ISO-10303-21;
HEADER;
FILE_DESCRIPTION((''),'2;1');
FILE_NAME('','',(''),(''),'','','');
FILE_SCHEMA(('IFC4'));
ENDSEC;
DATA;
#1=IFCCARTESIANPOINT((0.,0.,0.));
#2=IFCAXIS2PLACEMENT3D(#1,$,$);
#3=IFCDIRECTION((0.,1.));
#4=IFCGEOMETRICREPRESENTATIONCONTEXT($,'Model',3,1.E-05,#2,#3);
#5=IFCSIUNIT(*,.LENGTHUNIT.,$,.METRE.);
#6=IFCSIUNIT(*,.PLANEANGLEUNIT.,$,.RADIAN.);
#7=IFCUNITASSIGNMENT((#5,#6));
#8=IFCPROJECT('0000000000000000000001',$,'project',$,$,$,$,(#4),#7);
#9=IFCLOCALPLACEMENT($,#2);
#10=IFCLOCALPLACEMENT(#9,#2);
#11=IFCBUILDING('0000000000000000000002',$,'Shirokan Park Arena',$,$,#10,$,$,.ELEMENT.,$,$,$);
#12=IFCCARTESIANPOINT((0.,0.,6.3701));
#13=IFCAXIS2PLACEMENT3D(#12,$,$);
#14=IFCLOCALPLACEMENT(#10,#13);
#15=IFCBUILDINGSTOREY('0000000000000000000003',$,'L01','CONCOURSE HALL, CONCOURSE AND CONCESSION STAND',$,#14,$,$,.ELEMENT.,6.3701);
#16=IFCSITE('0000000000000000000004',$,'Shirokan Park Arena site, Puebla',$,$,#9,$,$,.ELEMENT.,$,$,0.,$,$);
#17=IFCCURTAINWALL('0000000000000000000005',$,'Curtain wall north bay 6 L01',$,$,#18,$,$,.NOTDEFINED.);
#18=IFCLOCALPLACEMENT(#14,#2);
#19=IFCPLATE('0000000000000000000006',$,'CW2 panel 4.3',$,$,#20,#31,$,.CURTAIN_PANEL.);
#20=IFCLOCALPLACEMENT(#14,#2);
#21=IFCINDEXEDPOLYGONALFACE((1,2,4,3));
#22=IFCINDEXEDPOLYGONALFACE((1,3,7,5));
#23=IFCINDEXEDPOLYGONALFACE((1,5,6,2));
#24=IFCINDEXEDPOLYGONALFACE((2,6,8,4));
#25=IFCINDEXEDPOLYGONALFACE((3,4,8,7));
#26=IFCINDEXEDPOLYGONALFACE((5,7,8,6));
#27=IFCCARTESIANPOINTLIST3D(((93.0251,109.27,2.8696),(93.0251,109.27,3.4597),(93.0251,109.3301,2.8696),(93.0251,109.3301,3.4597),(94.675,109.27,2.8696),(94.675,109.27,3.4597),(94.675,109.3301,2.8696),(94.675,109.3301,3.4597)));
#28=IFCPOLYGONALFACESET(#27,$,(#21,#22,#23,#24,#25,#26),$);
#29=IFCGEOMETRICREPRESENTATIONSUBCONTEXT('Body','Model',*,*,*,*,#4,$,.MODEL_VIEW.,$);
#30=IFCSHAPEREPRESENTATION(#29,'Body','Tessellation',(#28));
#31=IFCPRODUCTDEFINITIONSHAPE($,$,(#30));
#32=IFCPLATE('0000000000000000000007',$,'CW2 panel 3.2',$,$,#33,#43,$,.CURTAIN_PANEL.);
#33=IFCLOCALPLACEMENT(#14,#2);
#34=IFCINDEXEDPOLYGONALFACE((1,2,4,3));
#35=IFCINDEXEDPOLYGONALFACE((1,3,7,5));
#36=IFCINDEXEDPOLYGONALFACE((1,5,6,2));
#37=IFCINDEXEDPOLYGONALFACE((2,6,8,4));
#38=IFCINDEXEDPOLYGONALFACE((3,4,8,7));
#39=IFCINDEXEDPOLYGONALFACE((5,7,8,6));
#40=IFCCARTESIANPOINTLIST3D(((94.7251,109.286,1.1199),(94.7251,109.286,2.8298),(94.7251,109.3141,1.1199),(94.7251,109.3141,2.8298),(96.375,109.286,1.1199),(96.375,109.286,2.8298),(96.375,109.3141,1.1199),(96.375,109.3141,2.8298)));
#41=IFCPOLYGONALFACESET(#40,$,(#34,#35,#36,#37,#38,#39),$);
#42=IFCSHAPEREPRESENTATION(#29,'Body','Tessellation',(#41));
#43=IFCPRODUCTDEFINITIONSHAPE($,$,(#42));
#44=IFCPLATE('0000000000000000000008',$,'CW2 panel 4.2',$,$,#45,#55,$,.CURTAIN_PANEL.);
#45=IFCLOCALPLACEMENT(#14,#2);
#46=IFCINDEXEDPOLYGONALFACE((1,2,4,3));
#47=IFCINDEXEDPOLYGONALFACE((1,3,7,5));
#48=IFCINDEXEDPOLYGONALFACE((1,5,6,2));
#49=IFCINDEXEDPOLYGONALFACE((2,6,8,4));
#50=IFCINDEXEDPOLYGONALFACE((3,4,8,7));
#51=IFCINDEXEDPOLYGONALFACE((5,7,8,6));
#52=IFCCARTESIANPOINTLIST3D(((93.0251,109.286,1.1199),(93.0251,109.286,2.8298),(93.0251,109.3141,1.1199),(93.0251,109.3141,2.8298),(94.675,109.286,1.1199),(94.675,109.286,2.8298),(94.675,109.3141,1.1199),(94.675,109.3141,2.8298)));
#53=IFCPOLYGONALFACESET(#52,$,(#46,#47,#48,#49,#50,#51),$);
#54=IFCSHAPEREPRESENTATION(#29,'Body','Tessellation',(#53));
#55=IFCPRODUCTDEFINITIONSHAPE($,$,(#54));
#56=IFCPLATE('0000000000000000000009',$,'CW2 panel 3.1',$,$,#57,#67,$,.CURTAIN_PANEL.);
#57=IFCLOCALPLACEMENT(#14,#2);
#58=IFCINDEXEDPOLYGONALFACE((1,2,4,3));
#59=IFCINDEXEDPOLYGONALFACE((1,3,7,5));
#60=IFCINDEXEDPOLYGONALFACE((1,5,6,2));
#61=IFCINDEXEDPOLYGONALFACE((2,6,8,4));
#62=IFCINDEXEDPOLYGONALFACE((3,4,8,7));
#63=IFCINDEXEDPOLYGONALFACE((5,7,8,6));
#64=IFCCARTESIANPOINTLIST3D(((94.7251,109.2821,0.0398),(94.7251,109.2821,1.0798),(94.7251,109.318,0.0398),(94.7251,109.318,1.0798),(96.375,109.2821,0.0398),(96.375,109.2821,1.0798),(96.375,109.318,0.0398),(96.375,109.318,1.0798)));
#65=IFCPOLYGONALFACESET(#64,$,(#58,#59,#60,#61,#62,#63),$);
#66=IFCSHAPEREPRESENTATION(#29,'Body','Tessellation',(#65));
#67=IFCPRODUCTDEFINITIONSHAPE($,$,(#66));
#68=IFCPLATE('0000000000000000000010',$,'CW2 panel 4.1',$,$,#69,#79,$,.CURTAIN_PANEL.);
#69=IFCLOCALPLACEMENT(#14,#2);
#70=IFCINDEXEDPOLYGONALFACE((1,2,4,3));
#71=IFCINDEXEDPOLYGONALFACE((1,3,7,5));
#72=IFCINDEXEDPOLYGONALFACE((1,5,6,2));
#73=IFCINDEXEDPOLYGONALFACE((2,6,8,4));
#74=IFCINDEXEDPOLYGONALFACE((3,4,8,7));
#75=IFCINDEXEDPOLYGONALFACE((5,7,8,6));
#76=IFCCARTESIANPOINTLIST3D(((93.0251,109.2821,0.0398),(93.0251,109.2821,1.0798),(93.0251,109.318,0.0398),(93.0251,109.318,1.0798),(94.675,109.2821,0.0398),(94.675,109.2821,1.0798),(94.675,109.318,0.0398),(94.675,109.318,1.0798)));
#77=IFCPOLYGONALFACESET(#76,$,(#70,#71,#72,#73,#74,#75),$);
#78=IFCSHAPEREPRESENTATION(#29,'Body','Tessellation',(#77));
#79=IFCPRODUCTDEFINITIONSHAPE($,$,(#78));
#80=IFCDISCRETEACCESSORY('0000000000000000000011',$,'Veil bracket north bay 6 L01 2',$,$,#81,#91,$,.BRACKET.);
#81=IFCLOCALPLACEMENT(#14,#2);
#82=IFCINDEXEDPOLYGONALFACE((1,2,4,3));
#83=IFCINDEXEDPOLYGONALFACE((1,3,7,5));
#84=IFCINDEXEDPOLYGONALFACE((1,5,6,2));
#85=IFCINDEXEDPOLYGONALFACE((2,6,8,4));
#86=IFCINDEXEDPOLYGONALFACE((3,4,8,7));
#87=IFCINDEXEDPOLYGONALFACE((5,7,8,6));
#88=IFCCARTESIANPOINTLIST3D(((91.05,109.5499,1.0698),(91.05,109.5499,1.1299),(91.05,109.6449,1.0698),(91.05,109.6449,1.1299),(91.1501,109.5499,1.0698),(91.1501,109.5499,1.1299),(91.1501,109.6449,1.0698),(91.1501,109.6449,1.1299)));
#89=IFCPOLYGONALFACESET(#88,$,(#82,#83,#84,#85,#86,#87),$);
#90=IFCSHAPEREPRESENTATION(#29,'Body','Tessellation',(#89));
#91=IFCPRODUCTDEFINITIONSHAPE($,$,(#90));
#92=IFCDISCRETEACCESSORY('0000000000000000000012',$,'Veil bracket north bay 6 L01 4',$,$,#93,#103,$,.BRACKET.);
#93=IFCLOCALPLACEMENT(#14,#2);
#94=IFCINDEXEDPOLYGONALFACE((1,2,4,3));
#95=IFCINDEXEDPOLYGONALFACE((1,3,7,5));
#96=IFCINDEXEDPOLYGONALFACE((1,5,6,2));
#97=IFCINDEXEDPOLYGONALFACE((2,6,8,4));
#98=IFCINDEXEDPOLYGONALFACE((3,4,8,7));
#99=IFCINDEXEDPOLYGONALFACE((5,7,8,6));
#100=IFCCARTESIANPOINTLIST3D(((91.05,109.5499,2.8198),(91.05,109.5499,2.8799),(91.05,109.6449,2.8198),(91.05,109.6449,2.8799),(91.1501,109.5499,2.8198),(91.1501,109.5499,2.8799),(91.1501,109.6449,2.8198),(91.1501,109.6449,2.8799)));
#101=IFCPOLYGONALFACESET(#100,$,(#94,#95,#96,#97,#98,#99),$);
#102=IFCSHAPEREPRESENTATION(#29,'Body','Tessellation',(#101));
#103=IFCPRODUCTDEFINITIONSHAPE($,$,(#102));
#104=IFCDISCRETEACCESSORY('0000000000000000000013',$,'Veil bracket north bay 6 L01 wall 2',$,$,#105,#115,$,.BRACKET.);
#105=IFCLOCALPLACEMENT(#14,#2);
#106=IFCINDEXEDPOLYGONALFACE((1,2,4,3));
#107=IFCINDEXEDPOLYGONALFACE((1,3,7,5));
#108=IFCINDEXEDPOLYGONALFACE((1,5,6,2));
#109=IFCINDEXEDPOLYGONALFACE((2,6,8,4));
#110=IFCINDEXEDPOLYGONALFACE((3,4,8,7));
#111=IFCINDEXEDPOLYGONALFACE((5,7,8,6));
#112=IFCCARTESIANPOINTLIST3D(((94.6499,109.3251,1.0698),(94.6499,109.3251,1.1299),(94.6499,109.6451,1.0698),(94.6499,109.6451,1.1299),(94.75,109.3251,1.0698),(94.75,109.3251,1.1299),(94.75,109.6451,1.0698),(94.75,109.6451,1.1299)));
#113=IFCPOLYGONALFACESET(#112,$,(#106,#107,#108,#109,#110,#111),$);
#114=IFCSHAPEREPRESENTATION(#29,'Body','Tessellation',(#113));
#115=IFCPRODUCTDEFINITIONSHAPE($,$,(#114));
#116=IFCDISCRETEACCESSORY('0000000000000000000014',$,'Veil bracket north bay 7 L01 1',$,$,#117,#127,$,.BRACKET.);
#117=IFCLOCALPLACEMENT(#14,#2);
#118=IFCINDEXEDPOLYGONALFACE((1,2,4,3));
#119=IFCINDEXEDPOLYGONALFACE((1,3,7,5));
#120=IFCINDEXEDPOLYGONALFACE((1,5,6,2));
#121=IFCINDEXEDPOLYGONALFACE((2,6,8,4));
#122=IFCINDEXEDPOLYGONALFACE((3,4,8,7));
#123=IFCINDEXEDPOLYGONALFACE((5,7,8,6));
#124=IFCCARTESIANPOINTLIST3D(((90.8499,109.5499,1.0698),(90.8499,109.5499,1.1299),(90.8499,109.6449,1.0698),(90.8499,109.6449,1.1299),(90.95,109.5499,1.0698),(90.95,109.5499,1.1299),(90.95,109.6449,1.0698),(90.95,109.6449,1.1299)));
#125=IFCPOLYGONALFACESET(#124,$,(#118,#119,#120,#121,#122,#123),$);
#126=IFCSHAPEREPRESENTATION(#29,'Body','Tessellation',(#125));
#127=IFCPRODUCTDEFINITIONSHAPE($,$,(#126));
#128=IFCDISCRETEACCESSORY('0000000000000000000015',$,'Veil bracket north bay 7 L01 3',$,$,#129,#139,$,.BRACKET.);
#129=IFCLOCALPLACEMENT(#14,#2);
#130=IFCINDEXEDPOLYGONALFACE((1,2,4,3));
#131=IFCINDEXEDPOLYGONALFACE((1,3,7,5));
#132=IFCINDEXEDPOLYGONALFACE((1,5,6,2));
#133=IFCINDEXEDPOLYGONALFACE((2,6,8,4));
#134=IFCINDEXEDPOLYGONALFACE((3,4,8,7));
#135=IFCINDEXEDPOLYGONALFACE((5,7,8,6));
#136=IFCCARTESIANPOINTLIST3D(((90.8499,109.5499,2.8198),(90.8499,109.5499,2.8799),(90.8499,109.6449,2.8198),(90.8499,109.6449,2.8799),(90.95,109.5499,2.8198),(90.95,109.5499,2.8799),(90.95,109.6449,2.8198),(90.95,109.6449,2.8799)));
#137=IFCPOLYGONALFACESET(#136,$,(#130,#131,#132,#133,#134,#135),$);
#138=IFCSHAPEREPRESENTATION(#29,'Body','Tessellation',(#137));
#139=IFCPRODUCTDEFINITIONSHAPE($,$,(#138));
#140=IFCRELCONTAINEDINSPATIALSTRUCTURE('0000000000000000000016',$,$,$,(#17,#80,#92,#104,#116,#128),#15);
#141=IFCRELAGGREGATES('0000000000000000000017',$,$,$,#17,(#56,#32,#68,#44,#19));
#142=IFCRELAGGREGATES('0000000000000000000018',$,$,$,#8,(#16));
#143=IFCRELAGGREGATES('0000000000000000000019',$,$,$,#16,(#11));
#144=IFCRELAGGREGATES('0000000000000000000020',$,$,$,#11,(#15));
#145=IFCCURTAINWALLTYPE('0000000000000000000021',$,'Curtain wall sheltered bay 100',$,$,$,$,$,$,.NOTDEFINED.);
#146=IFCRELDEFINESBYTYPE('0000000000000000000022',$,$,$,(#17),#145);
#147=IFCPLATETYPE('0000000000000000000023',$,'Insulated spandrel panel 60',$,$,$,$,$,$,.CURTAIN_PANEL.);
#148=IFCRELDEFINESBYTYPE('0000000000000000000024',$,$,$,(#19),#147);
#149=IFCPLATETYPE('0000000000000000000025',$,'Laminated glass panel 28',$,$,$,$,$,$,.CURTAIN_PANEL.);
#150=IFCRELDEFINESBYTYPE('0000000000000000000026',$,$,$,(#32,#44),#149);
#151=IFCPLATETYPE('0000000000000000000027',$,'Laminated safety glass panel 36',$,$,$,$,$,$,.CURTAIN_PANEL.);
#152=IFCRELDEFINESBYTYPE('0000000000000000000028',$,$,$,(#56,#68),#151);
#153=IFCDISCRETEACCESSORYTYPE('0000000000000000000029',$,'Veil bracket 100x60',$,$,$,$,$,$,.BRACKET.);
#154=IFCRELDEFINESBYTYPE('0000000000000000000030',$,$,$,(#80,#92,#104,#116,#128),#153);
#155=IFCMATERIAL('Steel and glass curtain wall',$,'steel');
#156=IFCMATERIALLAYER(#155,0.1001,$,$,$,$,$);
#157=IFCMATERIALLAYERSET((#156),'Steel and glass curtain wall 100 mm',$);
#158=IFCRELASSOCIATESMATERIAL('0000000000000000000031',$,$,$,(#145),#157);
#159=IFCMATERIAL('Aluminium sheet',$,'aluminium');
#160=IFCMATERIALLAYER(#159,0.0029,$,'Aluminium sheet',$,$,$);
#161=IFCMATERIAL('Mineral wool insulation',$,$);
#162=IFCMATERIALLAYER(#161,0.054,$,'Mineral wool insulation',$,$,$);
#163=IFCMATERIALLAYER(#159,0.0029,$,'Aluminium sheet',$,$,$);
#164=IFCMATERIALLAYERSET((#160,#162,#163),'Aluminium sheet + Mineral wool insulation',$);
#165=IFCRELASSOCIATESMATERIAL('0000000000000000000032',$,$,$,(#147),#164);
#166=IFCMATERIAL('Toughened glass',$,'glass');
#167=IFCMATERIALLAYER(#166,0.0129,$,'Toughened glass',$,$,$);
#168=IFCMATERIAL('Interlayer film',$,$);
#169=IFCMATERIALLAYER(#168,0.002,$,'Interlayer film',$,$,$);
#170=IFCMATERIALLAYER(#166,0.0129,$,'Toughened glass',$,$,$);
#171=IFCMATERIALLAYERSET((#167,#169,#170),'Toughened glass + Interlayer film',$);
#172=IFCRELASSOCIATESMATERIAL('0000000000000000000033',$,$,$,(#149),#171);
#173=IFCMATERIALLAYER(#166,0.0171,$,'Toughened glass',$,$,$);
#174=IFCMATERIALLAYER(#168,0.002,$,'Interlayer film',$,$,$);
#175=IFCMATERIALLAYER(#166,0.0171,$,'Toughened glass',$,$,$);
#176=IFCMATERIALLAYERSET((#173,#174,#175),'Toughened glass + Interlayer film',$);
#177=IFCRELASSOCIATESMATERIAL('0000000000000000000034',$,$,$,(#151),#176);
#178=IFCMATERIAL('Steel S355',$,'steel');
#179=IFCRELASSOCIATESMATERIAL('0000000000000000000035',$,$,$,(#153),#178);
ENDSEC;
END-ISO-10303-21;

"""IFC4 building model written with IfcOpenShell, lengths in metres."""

from ifc_helpers import new_model, si_unit, direction, frame, origin, origin_2d, place, context, subcontext, project, spatial, rectangle, extrude, material, layer, layer_set, type_object, element, aggregate, save


model = new_model("IFC4")

# Units and contexts
model_context = context("Model", 3, precision=1e-05, world=origin(), true_north=direction((0.0, 1.0)))
body_context = subcontext(model_context, "Body", "Model", "MODEL_VIEW")
ifc_project = project(units=[si_unit("LENGTHUNIT", "METRE"), si_unit("PLANEANGLEUNIT", "RADIAN")], contexts=[model_context])

# Site, building, storey
site_placement = place(None, origin())
site = spatial("IfcSite", under=ifc_project, at=site_placement, Name="Shirokan Park Arena site, Puebla", CompositionType="ELEMENT", RefElevation=0.0)
building_placement = place(site_placement, origin())
building = spatial("IfcBuilding", under=site, at=building_placement, Name="Shirokan Park Arena", CompositionType="ELEMENT")
storey_placement = place(building_placement, frame((0.0, 0.0, 6.3701)))
storey = spatial("IfcBuildingStorey", under=building, at=storey_placement, Name="L01", Description="CONCOURSE HALL, CONCOURSE AND CONCESSION STAND", CompositionType="ELEMENT", Elevation=6.3701)

# Curtain wall, plates
ifc_material_1 = material(Name="Steel and glass curtain wall", Category="steel")
ifc_layer_1 = layer(ifc_material_1, 0.1001)
ifc_layer_set_1 = layer_set([ifc_layer_1], Name="Steel and glass curtain wall 100 mm")
curtain_wall_type = type_object("IfcCurtainWallType", Name="Curtain wall sheltered bay 100", PredefinedType="NOTDEFINED", material=ifc_layer_set_1)
curtain_wall_placement = place(storey_placement, origin())
curtain_wall = element("IfcCurtainWall", 1, at=curtain_wall_placement, inside=storey, type_object=curtain_wall_type, Name="Curtain wall north bay 6 L01", PredefinedType="NOTDEFINED")
ifc_material_2 = material(Name="Steel S355", Category="steel")
ifc_material_3 = material(Name="Aluminium sheet", Category="aluminium")
ifc_layer_2 = layer(ifc_material_3, 0.0029, Name="Aluminium sheet")
ifc_material_4 = material(Name="Mineral wool insulation")
ifc_layer_3 = layer(ifc_material_4, 0.054, Name="Mineral wool insulation")
ifc_layer_4 = layer(ifc_material_3, 0.0029, Name="Aluminium sheet")
ifc_layer_set_2 = layer_set([ifc_layer_2, ifc_layer_3, ifc_layer_4], Name="Aluminium sheet + Mineral wool insulation")
plate_type_1 = type_object("IfcPlateType", Name="Insulated spandrel panel 60", PredefinedType="CURTAIN_PANEL", material=ifc_layer_set_2)
plate_1_placement = place(storey_placement, frame((93.8501, 109.3, 2.8696), z_axis=(0.0, 0.0, 1.0), x_axis=(-1.0, 0.0, 0.0)))
plate_1 = element("IfcPlate", 2, at=plate_1_placement, type_object=plate_type_1, Name="CW2 panel 4.3", PredefinedType="CURTAIN_PANEL", context=body_context, shape_type="SweptSolid", body=[
    extrude(rectangle(XDim=1.6499, YDim=0.0601, at=origin_2d()), origin(), (0.0, 0.0, 1.0), 0.5901),
])
ifc_material_5 = material(Name="Toughened glass", Category="glass")
ifc_layer_5 = layer(ifc_material_5, 0.0129, Name="Toughened glass")
ifc_material_6 = material(Name="Interlayer film")
ifc_layer_6 = layer(ifc_material_6, 0.002, Name="Interlayer film")
ifc_layer_7 = layer(ifc_material_5, 0.0129, Name="Toughened glass")
ifc_layer_set_3 = layer_set([ifc_layer_5, ifc_layer_6, ifc_layer_7], Name="Toughened glass + Interlayer film")
plate_type_2 = type_object("IfcPlateType", Name="Laminated glass panel 28", PredefinedType="CURTAIN_PANEL", material=ifc_layer_set_3)
plate_2_placement = place(storey_placement, frame((95.55, 109.3, 1.1199), z_axis=(0.0, 0.0, 1.0), x_axis=(-1.0, 0.0, 0.0)))
plate_2 = element("IfcPlate", 3, at=plate_2_placement, type_object=plate_type_2, Name="CW2 panel 3.2", PredefinedType="CURTAIN_PANEL", context=body_context, shape_type="SweptSolid", body=[
    extrude(rectangle(XDim=1.6499, YDim=0.0281, at=origin_2d()), origin(), (0.0, 0.0, 1.0), 1.71),
])
plate_3_placement = place(storey_placement, frame((93.8501, 109.3, 1.1199), z_axis=(0.0, 0.0, 1.0), x_axis=(-1.0, 0.0, 0.0)))
plate_3 = element("IfcPlate", 4, at=plate_3_placement, type_object=plate_type_2, Name="CW2 panel 4.2", PredefinedType="CURTAIN_PANEL", context=body_context, shape_type="SweptSolid", body=[
    extrude(rectangle(XDim=1.6499, YDim=0.0281, at=origin_2d()), origin(), (0.0, 0.0, 1.0), 1.71),
])
ifc_layer_8 = layer(ifc_material_5, 0.0171, Name="Toughened glass")
ifc_layer_9 = layer(ifc_material_6, 0.002, Name="Interlayer film")
ifc_layer_10 = layer(ifc_material_5, 0.0171, Name="Toughened glass")
ifc_layer_set_4 = layer_set([ifc_layer_8, ifc_layer_9, ifc_layer_10], Name="Toughened glass + Interlayer film")
plate_type_3 = type_object("IfcPlateType", Name="Laminated safety glass panel 36", PredefinedType="CURTAIN_PANEL", material=ifc_layer_set_4)
plate_4_placement = place(storey_placement, frame((95.55, 109.3, 0.0398), z_axis=(0.0, 0.0, 1.0), x_axis=(-1.0, 0.0, 0.0)))
plate_4 = element("IfcPlate", 5, at=plate_4_placement, type_object=plate_type_3, Name="CW2 panel 3.1", PredefinedType="CURTAIN_PANEL", context=body_context, shape_type="SweptSolid", body=[
    extrude(rectangle(XDim=1.6499, YDim=0.0359, at=origin_2d()), origin(), (0.0, 0.0, 1.0), 1.04),
])
plate_5_placement = place(storey_placement, frame((93.8501, 109.3, 0.0398), z_axis=(0.0, 0.0, 1.0), x_axis=(-1.0, 0.0, 0.0)))
plate_5 = element("IfcPlate", 6, at=plate_5_placement, type_object=plate_type_3, Name="CW2 panel 4.1", PredefinedType="CURTAIN_PANEL", context=body_context, shape_type="SweptSolid", body=[
    extrude(rectangle(XDim=1.6499, YDim=0.0359, at=origin_2d()), origin(), (0.0, 0.0, 1.0), 1.04),
])
aggregate(curtain_wall, [plate_4, plate_2, plate_5, plate_3, plate_1])

# Discrete accessories
discrete_accessory_type = type_object("IfcDiscreteAccessoryType", Name="Veil bracket 100x60", PredefinedType="BRACKET", material=ifc_material_2)
for number, where, z_axis, x_axis, name in (
    (7, (91.1001, 109.5974, 1.0698), (0.0, 0.0, 1.0), (-1.0, 0.0, 0.0), "Veil bracket north bay 6 L01 2"),
    (8, (91.1001, 109.5974, 2.8198), (0.0, 0.0, 1.0), (-1.0, 0.0, 0.0), "Veil bracket north bay 6 L01 4"),
):
    element("IfcDiscreteAccessory", number, at=place(storey_placement, frame(where, z_axis=z_axis, x_axis=x_axis)), inside=storey, type_object=discrete_accessory_type, Name=name, PredefinedType="BRACKET", context=body_context, shape_type="SweptSolid", body=[
        extrude(rectangle(XDim=0.1001, YDim=0.095, at=origin_2d()), origin(), (0.0, 0.0, 1.0), 0.0601),
    ])
discrete_accessory_placement = place(storey_placement, frame((94.7, 109.4851, 1.0698), z_axis=(0.0, 0.0, 1.0), x_axis=(-1.0, 0.0, 0.0)))
element("IfcDiscreteAccessory", 9, at=discrete_accessory_placement, inside=storey, type_object=discrete_accessory_type, Name="Veil bracket north bay 6 L01 wall 2", PredefinedType="BRACKET", context=body_context, shape_type="SweptSolid", body=[
    extrude(rectangle(XDim=0.1001, YDim=0.3201, at=origin_2d()), origin(), (0.0, 0.0, 1.0), 0.0601),
])
for number, where, z_axis, x_axis, name in (
    (10, (90.8999, 109.5974, 1.0698), (0.0, 0.0, 1.0), (-1.0, 0.0, 0.0), "Veil bracket north bay 7 L01 1"),
    (11, (90.8999, 109.5974, 2.8198), (0.0, 0.0, 1.0), (-1.0, 0.0, 0.0), "Veil bracket north bay 7 L01 3"),
):
    element("IfcDiscreteAccessory", number, at=place(storey_placement, frame(where, z_axis=z_axis, x_axis=x_axis)), inside=storey, type_object=discrete_accessory_type, Name=name, PredefinedType="BRACKET", context=body_context, shape_type="SweptSolid", body=[
        extrude(rectangle(XDim=0.1001, YDim=0.095, at=origin_2d()), origin(), (0.0, 0.0, 1.0), 0.0601),
    ])

save(model, "model.ifc")
